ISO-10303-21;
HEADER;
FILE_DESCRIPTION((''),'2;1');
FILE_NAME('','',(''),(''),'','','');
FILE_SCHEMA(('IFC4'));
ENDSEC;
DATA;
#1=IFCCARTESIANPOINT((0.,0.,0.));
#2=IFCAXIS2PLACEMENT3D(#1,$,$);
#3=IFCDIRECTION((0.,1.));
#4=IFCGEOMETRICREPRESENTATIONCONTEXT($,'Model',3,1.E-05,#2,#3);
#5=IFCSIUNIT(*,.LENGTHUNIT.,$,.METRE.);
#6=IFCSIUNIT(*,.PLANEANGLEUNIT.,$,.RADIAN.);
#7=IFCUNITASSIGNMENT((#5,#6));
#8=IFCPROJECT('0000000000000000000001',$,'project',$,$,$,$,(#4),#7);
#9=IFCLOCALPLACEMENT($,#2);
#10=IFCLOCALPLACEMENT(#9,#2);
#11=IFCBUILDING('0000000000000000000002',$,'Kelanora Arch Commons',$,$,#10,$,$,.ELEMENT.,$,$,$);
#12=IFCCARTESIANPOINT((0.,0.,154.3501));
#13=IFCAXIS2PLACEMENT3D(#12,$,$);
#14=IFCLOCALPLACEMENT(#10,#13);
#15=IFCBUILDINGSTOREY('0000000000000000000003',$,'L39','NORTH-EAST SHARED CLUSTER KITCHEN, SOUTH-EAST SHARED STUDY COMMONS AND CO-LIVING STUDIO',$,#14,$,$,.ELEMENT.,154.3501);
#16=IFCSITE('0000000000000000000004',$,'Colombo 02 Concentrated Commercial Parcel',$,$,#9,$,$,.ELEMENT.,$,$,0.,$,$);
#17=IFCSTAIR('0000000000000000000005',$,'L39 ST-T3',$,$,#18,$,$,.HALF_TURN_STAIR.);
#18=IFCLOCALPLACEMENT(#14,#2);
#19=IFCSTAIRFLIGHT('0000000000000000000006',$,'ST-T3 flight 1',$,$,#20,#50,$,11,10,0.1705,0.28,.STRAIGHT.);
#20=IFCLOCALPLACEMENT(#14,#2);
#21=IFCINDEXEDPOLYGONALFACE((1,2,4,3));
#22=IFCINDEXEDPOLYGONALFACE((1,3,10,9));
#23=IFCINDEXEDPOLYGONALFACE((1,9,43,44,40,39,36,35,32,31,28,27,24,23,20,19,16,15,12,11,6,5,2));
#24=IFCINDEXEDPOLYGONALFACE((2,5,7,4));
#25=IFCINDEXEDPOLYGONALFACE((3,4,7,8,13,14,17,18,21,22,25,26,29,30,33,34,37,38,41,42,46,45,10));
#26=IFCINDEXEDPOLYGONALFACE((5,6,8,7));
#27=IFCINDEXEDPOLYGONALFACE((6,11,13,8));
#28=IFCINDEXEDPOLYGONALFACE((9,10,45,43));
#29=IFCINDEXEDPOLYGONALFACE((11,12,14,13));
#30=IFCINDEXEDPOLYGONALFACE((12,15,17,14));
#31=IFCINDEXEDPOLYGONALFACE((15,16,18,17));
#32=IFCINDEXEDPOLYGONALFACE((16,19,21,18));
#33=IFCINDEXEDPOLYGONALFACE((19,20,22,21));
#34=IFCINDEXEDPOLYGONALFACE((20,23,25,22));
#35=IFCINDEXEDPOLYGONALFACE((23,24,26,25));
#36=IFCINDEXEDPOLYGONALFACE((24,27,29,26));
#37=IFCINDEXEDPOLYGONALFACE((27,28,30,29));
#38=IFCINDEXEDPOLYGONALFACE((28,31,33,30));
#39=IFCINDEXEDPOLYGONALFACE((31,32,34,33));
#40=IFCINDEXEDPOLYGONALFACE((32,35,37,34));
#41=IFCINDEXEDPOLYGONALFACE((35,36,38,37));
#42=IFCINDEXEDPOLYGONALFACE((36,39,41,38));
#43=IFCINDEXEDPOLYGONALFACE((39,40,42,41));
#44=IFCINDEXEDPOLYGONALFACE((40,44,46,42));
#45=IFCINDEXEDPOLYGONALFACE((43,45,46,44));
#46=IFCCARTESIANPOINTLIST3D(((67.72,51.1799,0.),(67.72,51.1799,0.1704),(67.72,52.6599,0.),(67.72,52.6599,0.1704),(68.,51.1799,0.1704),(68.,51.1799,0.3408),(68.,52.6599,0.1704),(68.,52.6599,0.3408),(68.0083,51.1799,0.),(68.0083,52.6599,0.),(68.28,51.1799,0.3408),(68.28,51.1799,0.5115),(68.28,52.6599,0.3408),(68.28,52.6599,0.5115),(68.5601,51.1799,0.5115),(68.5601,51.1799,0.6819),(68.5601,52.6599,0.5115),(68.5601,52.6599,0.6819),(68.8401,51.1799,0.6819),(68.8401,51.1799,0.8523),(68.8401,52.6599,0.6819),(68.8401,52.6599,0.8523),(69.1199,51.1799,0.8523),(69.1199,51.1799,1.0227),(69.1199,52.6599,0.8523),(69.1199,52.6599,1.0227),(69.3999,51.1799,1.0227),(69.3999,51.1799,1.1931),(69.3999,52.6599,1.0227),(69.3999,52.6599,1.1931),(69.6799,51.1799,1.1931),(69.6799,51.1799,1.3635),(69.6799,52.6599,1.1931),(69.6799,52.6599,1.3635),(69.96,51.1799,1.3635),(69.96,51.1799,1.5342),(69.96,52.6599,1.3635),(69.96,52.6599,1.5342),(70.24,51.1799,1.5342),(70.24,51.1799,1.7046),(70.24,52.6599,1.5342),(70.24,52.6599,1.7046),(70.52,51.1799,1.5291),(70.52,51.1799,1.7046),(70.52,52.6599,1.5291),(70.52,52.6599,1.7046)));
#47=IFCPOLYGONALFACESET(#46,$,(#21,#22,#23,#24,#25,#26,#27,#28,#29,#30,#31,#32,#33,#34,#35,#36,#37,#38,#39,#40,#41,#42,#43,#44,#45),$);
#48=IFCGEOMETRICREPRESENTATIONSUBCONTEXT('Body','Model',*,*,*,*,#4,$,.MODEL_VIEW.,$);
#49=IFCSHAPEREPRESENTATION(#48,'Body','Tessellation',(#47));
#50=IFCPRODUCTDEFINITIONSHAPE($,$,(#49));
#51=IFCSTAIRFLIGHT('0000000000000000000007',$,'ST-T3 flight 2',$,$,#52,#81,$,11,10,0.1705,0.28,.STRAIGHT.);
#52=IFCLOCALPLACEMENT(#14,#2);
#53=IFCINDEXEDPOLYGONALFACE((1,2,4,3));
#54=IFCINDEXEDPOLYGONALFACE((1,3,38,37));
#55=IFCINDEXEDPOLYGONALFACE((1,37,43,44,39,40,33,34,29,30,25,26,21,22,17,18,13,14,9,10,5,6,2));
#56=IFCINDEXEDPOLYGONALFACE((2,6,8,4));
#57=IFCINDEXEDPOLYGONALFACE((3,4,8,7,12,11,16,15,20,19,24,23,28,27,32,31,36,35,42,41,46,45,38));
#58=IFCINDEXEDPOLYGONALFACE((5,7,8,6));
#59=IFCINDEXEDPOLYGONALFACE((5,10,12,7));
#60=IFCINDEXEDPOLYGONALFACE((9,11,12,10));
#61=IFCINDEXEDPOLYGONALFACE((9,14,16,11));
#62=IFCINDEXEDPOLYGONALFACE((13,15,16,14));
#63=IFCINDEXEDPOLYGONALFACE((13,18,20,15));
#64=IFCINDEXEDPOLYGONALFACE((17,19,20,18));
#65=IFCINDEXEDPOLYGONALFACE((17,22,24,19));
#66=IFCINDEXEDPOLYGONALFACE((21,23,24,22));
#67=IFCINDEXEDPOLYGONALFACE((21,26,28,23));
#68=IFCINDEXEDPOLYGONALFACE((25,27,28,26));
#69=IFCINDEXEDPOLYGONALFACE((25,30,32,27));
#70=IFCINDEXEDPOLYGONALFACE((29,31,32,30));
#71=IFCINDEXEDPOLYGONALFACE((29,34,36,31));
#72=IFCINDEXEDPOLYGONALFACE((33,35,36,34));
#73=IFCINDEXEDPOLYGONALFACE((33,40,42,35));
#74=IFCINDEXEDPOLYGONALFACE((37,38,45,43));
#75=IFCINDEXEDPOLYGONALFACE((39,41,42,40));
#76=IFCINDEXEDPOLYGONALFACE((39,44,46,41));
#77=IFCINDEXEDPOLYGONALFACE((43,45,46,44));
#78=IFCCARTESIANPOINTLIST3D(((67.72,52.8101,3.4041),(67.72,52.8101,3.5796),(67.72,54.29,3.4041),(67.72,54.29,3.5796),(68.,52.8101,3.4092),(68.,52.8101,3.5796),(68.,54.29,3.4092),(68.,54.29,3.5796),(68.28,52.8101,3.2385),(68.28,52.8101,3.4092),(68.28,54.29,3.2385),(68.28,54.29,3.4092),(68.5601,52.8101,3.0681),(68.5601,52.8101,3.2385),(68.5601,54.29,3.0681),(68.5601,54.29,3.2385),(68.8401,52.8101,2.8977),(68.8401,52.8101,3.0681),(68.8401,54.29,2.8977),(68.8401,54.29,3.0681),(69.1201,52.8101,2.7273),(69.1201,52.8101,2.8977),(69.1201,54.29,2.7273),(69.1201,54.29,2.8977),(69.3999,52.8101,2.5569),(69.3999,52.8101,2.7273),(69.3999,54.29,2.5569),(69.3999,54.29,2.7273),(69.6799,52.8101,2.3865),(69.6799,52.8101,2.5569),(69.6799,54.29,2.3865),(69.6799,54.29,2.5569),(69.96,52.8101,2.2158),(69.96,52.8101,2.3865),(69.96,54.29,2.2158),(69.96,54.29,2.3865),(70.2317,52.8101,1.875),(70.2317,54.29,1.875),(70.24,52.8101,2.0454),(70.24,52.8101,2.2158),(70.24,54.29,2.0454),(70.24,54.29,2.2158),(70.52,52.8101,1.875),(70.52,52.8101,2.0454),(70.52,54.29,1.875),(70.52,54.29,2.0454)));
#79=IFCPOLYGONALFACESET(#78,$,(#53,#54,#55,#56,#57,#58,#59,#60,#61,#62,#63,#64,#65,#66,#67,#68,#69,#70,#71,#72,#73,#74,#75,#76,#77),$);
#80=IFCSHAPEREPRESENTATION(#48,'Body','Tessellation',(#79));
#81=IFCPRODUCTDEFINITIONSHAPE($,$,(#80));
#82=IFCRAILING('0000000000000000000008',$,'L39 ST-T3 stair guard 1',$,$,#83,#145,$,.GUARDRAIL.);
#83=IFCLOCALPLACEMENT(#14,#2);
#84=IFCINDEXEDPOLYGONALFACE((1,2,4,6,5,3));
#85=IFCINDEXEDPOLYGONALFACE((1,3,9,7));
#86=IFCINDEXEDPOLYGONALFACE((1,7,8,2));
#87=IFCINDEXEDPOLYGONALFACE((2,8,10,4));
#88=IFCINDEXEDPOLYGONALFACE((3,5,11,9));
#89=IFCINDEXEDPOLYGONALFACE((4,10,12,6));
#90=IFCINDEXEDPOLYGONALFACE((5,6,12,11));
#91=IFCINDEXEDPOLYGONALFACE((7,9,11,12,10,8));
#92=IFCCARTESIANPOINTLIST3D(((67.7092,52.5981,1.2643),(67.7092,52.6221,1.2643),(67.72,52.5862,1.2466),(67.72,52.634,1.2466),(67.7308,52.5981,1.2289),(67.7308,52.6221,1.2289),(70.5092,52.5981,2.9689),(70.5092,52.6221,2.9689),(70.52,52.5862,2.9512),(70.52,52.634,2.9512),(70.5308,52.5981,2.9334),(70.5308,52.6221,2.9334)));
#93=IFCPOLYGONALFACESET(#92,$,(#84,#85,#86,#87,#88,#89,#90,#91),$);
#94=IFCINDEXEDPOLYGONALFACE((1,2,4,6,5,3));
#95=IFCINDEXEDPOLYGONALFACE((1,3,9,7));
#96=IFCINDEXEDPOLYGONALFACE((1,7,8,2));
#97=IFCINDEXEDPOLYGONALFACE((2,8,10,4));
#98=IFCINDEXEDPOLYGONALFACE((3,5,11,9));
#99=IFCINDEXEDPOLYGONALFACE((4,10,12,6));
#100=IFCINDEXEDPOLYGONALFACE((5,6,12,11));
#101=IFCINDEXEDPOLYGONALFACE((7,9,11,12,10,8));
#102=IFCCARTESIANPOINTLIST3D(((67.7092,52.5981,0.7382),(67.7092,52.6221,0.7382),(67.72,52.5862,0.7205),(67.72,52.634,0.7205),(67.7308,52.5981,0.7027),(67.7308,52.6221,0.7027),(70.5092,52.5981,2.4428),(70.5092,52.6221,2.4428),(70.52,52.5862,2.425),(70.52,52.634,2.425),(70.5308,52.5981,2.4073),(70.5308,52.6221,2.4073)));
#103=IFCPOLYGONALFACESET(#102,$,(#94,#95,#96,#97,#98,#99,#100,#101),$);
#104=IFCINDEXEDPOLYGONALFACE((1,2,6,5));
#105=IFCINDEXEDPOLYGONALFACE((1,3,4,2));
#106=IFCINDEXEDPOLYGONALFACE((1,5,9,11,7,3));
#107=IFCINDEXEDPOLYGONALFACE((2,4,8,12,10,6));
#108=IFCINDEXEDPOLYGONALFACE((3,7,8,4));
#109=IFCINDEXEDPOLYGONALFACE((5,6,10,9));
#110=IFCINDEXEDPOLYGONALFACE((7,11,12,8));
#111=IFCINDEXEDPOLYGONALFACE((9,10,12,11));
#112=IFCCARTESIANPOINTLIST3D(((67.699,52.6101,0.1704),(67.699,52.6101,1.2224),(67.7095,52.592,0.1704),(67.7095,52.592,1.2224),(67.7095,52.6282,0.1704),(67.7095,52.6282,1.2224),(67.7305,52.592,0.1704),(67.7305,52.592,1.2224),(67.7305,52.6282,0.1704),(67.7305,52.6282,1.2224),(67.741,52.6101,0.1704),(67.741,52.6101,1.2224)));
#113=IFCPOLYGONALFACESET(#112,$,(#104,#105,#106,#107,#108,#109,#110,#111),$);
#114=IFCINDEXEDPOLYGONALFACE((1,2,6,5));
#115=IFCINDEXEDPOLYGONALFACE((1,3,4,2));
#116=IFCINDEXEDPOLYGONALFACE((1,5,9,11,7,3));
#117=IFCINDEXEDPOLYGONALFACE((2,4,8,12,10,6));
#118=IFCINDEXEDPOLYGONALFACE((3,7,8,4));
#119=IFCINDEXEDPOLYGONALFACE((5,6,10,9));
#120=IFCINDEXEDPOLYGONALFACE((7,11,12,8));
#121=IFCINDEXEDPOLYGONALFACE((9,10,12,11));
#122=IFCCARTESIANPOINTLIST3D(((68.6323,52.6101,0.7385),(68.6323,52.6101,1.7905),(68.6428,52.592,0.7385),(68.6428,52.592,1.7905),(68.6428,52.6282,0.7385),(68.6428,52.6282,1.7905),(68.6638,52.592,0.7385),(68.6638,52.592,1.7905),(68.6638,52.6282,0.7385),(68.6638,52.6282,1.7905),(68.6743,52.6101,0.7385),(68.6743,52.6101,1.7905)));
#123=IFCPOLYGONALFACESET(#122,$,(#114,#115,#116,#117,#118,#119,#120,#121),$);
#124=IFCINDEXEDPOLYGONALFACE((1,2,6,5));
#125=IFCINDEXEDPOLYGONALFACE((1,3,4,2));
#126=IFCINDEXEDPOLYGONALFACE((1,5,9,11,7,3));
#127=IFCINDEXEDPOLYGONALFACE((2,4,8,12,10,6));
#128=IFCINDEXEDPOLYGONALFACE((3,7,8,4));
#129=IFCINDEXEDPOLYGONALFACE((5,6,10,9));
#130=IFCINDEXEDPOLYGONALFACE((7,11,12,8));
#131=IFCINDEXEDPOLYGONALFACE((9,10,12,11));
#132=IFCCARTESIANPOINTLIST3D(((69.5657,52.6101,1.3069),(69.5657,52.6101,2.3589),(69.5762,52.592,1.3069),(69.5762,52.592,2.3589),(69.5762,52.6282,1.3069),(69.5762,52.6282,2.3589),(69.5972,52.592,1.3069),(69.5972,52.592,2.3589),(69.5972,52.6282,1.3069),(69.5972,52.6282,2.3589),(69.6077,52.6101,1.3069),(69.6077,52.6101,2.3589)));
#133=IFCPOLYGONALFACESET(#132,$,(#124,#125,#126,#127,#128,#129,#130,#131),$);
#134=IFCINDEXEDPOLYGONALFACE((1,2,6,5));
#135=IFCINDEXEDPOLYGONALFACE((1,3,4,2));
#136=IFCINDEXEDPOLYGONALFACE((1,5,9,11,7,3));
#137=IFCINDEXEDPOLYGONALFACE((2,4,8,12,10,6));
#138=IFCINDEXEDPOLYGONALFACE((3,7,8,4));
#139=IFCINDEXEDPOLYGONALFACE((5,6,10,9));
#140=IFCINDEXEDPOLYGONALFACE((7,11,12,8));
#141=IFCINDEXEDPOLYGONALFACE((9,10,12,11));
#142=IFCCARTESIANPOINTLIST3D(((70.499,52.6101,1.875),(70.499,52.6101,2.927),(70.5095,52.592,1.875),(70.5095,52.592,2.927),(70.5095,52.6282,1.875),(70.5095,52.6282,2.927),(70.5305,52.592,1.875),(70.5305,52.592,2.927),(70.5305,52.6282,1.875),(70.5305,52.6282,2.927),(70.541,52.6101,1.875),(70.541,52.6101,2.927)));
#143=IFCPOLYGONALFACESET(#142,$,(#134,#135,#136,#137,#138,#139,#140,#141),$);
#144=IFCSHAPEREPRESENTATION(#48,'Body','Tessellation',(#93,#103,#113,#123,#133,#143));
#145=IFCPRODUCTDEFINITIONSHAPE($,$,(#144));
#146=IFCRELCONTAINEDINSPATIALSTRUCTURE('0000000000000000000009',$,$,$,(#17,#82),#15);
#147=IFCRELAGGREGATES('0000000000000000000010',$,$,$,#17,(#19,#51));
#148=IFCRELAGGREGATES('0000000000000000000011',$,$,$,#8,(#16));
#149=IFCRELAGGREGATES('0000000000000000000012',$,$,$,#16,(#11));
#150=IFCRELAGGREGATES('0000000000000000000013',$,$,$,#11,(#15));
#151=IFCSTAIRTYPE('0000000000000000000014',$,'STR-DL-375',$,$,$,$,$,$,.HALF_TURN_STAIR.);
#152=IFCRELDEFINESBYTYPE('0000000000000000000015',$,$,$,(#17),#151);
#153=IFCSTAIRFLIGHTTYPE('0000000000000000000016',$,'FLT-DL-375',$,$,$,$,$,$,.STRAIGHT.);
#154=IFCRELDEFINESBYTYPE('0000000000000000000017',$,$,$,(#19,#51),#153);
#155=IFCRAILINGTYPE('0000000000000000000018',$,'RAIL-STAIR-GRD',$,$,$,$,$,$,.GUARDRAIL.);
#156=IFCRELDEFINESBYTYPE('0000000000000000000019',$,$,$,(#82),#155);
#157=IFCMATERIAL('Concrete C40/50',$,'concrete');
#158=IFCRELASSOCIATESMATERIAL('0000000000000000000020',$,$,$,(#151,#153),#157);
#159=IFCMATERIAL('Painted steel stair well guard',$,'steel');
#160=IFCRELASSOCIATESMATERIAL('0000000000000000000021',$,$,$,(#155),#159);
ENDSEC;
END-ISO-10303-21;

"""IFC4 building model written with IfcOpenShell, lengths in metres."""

from ifc_helpers import new_model, si_unit, direction, frame, origin, place, context, subcontext, project, spatial, polyline, outline, extrude, material, type_object, element, aggregate, save


model = new_model("IFC4")

# Units and contexts
model_context = context("Model", 3, precision=1e-05, world=origin(), true_north=direction((0.0, 1.0)))
body_context = subcontext(model_context, "Body", "Model", "MODEL_VIEW")
ifc_project = project(units=[si_unit("LENGTHUNIT", "METRE"), si_unit("PLANEANGLEUNIT", "RADIAN")], contexts=[model_context])

# Site, building, storey
site_placement = place(None, origin())
site = spatial("IfcSite", under=ifc_project, at=site_placement, Name="Colombo 02 Concentrated Commercial Parcel", CompositionType="ELEMENT", RefElevation=0.0)
building_placement = place(site_placement, origin())
building = spatial("IfcBuilding", under=site, at=building_placement, Name="Kelanora Arch Commons", CompositionType="ELEMENT")
storey_placement = place(building_placement, frame((0.0, 0.0, 154.3501)))
storey = spatial("IfcBuildingStorey", under=building, at=storey_placement, Name="L39", Description="NORTH-EAST SHARED CLUSTER KITCHEN, SOUTH-EAST SHARED STUDY COMMONS AND CO-LIVING STUDIO", CompositionType="ELEMENT", Elevation=154.3501)

# Shared definitions
ifc_material_1 = material(Name="Concrete C40/50", Category="concrete")

# Stair, stair flights
stair_type = type_object("IfcStairType", Name="STR-DL-375", PredefinedType="HALF_TURN_STAIR", material=ifc_material_1)
stair_placement = place(storey_placement, origin())
stair = element("IfcStair", 1, at=stair_placement, inside=storey, type_object=stair_type, Name="L39 ST-T3", PredefinedType="HALF_TURN_STAIR")
stair_flight_type = type_object("IfcStairFlightType", Name="FLT-DL-375", PredefinedType="STRAIGHT", material=ifc_material_1)
stair_flight_1_placement = place(storey_placement, frame((67.72, 51.9199, 0.0), z_axis=(0.0, 0.0, 1.0), x_axis=(1.0, 0.0, 0.0)))
stair_flight_1 = element("IfcStairFlight", 2, at=stair_flight_1_placement, type_object=stair_flight_type, Name="ST-T3 flight 1", NumberOfRisers=11, NumberOfTreads=10, PredefinedType="STRAIGHT", RiserHeight=0.1705, TreadLength=0.28, context=body_context, shape_type="SweptSolid", body=[
    extrude(outline(polyline([(0.0, 0.0), (0.0, 0.1704), (0.28, 0.1704), (0.28, 0.3408), (0.5601, 0.3408), (0.5601, 0.5115), (0.8401, 0.5115), (0.8401, 0.6819), (1.1201, 0.6819), (1.1201, 0.8523), (1.3999, 0.8523), (1.3999, 1.0227), (1.6799, 1.0227), (1.6799, 1.1931), (1.96, 1.1931), (1.96, 1.3635), (2.24, 1.3635), (2.24, 1.5342), (2.52, 1.5342), (2.52, 1.7046), (2.8, 1.7046), (2.8, 1.875), (2.8, 1.5291), (0.2883, 0.0), (0.0, 0.0)])), frame((0.0, 0.74, 0.0), z_axis=(0.0, -1.0, 0.0), x_axis=(1.0, 0.0, 0.0)), (0.0, 0.0, 1.0), 1.48),
])
stair_flight_2_placement = place(storey_placement, frame((70.52, 53.55, 1.875), z_axis=(0.0, 0.0, 1.0), x_axis=(-1.0, 0.0, 0.0)))
stair_flight_2 = element("IfcStairFlight", 3, at=stair_flight_2_placement, type_object=stair_flight_type, Name="ST-T3 flight 2", NumberOfRisers=11, NumberOfTreads=10, PredefinedType="STRAIGHT", RiserHeight=0.1705, TreadLength=0.28, context=body_context, shape_type="SweptSolid", body=[
    extrude(outline(polyline([(0.0, 0.0), (0.0, 0.1704), (0.28, 0.1704), (0.28, 0.3408), (0.5601, 0.3408), (0.5601, 0.5115), (0.8401, 0.5115), (0.8401, 0.6819), (1.1201, 0.6819), (1.1201, 0.8523), (1.3999, 0.8523), (1.3999, 1.0227), (1.6799, 1.0227), (1.6799, 1.1931), (1.96, 1.1931), (1.96, 1.3635), (2.24, 1.3635), (2.24, 1.5342), (2.52, 1.5342), (2.52, 1.7046), (2.8, 1.7046), (2.8, 1.875), (2.8, 1.5291), (0.2883, 0.0), (0.0, 0.0)])), frame((0.0, 0.74, 0.0), z_axis=(0.0, -1.0, 0.0), x_axis=(1.0, 0.0, 0.0)), (0.0, 0.0, 1.0), 1.48),
])
aggregate(stair, [stair_flight_1, stair_flight_2])

# Railing
ifc_material_2 = material(Name="Painted steel stair well guard", Category="steel")
railing_type_1 = type_object("IfcRailingType", Name="RAIL-STAIR-GRD", PredefinedType="GUARDRAIL", material=ifc_material_2)
railing_1_placement = place(storey_placement, frame((67.72, 52.6101, 0.1704)))
element("IfcRailing", 4, at=railing_1_placement, inside=storey, type_object=railing_type_1, Name="L39 ST-T3 stair guard 1", PredefinedType="GUARDRAIL", context=body_context, shape_type="SweptSolid", body=[
    extrude(outline(polyline([(0.0239, 0.0), (0.012, 0.0208), (-0.012, 0.0208), (-0.0239, 0.0), (-0.012, -0.0208), (0.012, -0.0208), (0.0239, 0.0)])), frame((0.0, 0.0, 1.0762), z_axis=(0.85417, 0.0, 0.519994), x_axis=(0.0, 1.0, 0.0)), (0.0, 0.0, 1.0), 3.2781),
    extrude(outline(polyline([(0.0239, 0.0), (0.012, 0.0208), (-0.012, 0.0208), (-0.0239, 0.0), (-0.012, -0.0208), (0.012, -0.0208), (0.0239, 0.0)])), frame((0.0, 0.0, 0.55), z_axis=(0.85417, 0.0, 0.519994), x_axis=(0.0, 1.0, 0.0)), (0.0, 0.0, 1.0), 3.2781),
    extrude(outline(polyline([(0.021, 0.0), (0.0105, 0.0181), (-0.0105, 0.0181), (-0.021, 0.0), (-0.0105, -0.0181), (0.0105, -0.0181), (0.021, 0.0)])), origin(), (0.0, 0.0, 1.0), 1.052),
    extrude(outline(polyline([(0.021, 0.0), (0.0105, 0.0181), (-0.0105, 0.0181), (-0.021, 0.0), (-0.0105, -0.0181), (0.0105, -0.0181), (0.021, 0.0)])), frame((0.9333, 0.0, 0.5681)), (0.0, 0.0, 1.0), 1.052),
    extrude(outline(polyline([(0.021, 0.0), (0.0105, 0.0181), (-0.0105, 0.0181), (-0.021, 0.0), (-0.0105, -0.0181), (0.0105, -0.0181), (0.021, 0.0)])), frame((1.8667, 0.0, 1.1365)), (0.0, 0.0, 1.0), 1.052),
    extrude(outline(polyline([(0.021, 0.0), (0.0105, 0.0181), (-0.0105, 0.0181), (-0.021, 0.0), (-0.0105, -0.0181), (0.0105, -0.0181), (0.021, 0.0)])), frame((2.8, 0.0, 1.7046)), (0.0, 0.0, 1.0), 1.052),
])

save(model, "model.ifc")
